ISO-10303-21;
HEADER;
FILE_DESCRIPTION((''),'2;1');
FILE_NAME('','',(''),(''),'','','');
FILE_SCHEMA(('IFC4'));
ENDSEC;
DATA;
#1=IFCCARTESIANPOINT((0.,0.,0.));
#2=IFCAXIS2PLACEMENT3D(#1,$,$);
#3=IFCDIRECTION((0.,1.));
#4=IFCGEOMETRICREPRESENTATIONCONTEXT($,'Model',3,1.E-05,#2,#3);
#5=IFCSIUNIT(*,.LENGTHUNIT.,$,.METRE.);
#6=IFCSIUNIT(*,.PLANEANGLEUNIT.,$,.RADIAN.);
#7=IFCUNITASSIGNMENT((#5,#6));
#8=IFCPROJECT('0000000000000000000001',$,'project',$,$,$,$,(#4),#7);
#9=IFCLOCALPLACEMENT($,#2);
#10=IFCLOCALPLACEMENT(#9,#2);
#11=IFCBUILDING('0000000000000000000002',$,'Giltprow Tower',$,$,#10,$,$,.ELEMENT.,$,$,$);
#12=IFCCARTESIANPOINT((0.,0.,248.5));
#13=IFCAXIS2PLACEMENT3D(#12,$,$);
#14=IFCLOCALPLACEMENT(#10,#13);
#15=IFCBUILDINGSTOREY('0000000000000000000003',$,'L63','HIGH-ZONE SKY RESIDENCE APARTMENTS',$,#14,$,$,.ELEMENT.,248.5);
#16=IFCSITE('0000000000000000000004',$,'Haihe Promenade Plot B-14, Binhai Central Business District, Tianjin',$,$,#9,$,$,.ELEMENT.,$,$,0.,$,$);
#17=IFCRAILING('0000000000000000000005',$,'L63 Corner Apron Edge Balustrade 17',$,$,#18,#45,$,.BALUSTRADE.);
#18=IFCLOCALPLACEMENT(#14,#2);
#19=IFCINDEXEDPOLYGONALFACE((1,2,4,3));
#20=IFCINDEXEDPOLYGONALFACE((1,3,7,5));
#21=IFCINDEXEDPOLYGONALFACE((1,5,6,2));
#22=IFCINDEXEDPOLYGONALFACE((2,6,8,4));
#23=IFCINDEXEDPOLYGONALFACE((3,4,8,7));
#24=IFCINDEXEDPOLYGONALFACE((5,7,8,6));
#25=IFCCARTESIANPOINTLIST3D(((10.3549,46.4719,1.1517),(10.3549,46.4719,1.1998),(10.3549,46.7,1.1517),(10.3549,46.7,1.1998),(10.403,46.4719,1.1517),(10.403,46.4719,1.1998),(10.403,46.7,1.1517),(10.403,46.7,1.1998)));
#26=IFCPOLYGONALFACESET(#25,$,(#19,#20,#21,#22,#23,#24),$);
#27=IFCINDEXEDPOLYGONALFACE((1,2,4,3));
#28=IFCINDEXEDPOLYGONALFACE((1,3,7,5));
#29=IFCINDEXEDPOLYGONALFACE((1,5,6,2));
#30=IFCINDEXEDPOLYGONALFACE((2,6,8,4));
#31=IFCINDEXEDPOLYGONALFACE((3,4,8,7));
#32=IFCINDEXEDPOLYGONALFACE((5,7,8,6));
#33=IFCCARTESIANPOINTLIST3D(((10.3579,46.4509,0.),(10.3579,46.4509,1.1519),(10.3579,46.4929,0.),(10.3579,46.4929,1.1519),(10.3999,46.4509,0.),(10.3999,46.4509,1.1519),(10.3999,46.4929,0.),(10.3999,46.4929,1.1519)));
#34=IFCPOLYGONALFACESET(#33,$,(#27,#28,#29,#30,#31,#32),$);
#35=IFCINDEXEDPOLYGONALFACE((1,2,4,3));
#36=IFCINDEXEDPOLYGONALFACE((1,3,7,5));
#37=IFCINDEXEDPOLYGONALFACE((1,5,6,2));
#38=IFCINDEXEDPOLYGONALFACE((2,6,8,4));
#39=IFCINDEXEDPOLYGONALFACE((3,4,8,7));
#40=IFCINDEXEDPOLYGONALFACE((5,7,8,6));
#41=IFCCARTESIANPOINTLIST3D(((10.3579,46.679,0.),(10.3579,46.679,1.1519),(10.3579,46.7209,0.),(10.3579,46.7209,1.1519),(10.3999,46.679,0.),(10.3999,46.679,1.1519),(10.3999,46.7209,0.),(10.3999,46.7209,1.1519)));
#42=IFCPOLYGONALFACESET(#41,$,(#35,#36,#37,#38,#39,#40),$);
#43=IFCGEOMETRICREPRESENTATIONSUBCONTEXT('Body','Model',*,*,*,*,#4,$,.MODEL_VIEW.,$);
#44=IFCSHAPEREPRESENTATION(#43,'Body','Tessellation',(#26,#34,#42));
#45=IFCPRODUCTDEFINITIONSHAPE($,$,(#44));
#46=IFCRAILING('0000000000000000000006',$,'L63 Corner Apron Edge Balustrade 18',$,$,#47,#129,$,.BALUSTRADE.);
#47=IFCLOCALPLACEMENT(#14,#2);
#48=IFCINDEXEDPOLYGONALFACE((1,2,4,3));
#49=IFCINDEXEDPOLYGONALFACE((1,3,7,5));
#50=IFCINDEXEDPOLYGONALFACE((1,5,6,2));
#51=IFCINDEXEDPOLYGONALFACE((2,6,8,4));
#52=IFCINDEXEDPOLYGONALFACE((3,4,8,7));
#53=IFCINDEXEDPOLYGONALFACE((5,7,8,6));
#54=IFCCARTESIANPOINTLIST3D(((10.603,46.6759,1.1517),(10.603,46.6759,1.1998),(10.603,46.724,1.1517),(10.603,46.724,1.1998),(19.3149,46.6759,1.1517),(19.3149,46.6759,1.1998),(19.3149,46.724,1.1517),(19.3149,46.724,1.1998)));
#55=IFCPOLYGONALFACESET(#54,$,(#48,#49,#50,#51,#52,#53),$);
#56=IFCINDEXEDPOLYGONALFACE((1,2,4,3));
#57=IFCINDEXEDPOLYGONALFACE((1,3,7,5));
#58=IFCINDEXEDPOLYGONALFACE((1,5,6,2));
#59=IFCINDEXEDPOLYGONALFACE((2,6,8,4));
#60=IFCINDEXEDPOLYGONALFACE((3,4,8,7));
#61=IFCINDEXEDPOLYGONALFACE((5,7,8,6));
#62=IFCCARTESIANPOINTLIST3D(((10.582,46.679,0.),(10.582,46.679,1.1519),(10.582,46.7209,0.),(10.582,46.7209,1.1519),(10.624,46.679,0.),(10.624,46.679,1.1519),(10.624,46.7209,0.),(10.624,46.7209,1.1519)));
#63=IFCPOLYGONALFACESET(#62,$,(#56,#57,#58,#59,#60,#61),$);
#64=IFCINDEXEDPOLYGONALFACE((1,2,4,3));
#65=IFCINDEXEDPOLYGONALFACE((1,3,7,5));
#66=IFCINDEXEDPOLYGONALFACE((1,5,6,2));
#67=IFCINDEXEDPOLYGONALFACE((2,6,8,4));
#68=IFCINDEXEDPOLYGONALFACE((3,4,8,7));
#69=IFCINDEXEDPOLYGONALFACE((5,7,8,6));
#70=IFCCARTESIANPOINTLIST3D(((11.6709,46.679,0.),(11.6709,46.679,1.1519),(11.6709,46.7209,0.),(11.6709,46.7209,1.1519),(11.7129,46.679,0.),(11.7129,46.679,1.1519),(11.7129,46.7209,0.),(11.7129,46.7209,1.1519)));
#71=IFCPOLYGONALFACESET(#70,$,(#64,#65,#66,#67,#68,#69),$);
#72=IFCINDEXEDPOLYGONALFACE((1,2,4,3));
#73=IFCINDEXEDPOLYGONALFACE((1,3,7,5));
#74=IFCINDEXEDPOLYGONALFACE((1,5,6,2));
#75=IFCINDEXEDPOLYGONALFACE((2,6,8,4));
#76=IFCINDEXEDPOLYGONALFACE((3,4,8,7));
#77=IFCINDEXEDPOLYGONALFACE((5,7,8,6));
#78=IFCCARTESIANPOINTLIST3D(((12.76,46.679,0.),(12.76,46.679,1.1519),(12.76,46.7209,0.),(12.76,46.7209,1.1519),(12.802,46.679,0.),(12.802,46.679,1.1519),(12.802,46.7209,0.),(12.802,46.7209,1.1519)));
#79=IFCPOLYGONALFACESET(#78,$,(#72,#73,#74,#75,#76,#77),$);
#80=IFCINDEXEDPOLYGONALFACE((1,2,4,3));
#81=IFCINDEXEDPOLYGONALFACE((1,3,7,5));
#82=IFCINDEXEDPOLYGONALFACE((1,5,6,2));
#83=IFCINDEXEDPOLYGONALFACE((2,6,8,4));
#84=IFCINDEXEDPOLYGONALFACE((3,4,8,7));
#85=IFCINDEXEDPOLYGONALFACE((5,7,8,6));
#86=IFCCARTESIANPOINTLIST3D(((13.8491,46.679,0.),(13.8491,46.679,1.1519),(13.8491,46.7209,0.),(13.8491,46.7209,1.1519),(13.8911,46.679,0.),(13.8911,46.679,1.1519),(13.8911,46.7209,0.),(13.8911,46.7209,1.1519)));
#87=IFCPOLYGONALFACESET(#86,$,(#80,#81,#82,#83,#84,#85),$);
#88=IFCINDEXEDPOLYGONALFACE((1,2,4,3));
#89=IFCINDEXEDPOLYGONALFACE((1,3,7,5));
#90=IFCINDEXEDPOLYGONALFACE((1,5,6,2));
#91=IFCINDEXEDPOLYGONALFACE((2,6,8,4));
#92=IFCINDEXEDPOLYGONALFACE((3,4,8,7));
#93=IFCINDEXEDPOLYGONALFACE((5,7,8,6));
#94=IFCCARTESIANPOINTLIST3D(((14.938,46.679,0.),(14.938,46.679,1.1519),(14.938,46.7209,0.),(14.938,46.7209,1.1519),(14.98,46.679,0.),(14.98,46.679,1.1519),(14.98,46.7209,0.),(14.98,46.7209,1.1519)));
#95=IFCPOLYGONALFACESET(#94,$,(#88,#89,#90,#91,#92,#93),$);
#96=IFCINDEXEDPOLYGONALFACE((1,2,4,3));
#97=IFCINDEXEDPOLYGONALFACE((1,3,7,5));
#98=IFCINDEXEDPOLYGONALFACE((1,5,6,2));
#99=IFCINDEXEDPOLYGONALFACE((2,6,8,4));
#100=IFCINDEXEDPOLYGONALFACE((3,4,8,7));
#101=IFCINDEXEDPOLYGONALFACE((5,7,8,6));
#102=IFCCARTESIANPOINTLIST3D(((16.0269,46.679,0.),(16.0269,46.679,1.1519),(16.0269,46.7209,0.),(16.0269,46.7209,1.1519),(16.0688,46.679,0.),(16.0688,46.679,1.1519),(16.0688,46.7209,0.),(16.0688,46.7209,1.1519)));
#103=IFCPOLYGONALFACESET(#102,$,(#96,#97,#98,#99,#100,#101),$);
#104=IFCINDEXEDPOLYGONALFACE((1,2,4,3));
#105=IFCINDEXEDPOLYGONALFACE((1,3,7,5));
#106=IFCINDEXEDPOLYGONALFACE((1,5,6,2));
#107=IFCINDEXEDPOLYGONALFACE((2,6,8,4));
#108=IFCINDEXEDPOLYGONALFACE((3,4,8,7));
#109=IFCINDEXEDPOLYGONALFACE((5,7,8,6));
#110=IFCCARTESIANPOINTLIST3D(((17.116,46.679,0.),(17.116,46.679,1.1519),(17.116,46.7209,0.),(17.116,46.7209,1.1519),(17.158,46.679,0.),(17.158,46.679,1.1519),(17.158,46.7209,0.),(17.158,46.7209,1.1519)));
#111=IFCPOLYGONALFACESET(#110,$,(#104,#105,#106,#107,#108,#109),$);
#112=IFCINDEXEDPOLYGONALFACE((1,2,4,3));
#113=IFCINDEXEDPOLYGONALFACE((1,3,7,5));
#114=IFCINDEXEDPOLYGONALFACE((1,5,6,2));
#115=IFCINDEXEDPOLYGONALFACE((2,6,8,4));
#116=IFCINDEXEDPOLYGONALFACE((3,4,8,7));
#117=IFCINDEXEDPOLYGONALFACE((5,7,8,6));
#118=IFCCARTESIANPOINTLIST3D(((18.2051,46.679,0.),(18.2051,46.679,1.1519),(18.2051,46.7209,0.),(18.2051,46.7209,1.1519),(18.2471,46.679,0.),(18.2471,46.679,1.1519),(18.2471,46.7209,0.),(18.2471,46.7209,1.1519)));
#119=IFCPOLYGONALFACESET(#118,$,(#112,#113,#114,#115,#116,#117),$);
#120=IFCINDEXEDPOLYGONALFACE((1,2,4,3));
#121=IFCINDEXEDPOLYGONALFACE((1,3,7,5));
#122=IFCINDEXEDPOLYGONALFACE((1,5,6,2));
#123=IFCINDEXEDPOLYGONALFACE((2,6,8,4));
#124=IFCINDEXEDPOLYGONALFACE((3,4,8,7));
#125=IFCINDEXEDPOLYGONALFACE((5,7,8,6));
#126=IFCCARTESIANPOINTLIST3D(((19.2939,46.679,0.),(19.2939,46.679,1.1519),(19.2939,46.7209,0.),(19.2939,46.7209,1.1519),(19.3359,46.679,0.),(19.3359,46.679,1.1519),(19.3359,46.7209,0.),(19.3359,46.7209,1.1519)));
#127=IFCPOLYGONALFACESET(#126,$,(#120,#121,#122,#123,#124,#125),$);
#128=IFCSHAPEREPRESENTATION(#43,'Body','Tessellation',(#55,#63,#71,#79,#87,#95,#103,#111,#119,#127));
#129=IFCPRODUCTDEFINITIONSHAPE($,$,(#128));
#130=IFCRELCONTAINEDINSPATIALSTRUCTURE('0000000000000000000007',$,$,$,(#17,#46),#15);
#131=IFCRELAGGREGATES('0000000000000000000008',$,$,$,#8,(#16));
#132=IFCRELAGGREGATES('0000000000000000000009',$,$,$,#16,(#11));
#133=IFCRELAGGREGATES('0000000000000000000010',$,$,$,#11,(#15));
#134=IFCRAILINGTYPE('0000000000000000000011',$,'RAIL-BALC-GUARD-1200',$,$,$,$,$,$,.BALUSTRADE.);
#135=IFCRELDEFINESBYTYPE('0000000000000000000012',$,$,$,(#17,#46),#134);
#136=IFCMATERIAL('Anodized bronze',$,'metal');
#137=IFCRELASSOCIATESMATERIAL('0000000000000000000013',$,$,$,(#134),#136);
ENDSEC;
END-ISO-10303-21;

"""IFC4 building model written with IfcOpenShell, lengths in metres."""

from ifc_helpers import new_model, si_unit, direction, frame, origin, origin_2d, place, context, subcontext, project, spatial, rectangle, extrude, material, type_object, element, save


model = new_model("IFC4")

# Units and contexts
model_context = context("Model", 3, precision=1e-05, world=origin(), true_north=direction((0.0, 1.0)))
body_context = subcontext(model_context, "Body", "Model", "MODEL_VIEW")
ifc_project = project(units=[si_unit("LENGTHUNIT", "METRE"), si_unit("PLANEANGLEUNIT", "RADIAN")], contexts=[model_context])

# Site, building, storey
site_placement = place(None, origin())
site = spatial("IfcSite", under=ifc_project, at=site_placement, Name="Haihe Promenade Plot B-14, Binhai Central Business District, Tianjin", CompositionType="ELEMENT", RefElevation=0.0)
building_placement = place(site_placement, origin())
building = spatial("IfcBuilding", under=site, at=building_placement, Name="Giltprow Tower", CompositionType="ELEMENT")
storey_placement = place(building_placement, frame((0.0, 0.0, 248.5)))
storey = spatial("IfcBuildingStorey", under=building, at=storey_placement, Name="L63", Description="HIGH-ZONE SKY RESIDENCE APARTMENTS", CompositionType="ELEMENT", Elevation=248.5)

# Railings
ifc_material_1 = material(Name="Anodized bronze", Category="metal")
railing_type = type_object("IfcRailingType", Name="RAIL-BALC-GUARD-1200", PredefinedType="BALUSTRADE", material=ifc_material_1)
railing_1_placement = place(storey_placement, frame((10.3789, 46.4719, 0.0)))
element("IfcRailing", 1, at=railing_1_placement, inside=storey, type_object=railing_type, Name="L63 Corner Apron Edge Balustrade 17", PredefinedType="BALUSTRADE", context=body_context, shape_type="SweptSolid", body=[
    extrude(rectangle(XDim=0.0481, YDim=0.0481, at=origin_2d()), frame((0.0, 0.0, 1.1758), z_axis=(0.0, 1.0, 0.0), x_axis=(-1.0, 0.0, 0.0)), (0.0, 0.0, 1.0), 0.228),
    extrude(rectangle(XDim=0.042, YDim=0.042, at=origin_2d()), origin(), (0.0, 0.0, 1.0), 1.1519),
    extrude(rectangle(XDim=0.042, YDim=0.042, at=origin_2d()), frame((0.0, 0.228, 0.0)), (0.0, 0.0, 1.0), 1.1519),
])
railing_2_placement = place(storey_placement, frame((10.603, 46.7, 0.0)))
element("IfcRailing", 2, at=railing_2_placement, inside=storey, type_object=railing_type, Name="L63 Corner Apron Edge Balustrade 18", PredefinedType="BALUSTRADE", context=body_context, shape_type="SweptSolid", body=[
    extrude(rectangle(XDim=0.0481, YDim=0.0481, at=origin_2d()), frame((0.0, 0.0, 1.1758), z_axis=(1.0, 0.0, 0.0), x_axis=(0.0, 1.0, 0.0)), (0.0, 0.0, 1.0), 8.7119),
    extrude(rectangle(XDim=0.042, YDim=0.042, at=origin_2d()), origin(), (0.0, 0.0, 1.0), 1.1519),
    extrude(rectangle(XDim=0.042, YDim=0.042, at=origin_2d()), frame((1.0889, 0.0, 0.0)), (0.0, 0.0, 1.0), 1.1519),
    extrude(rectangle(XDim=0.042, YDim=0.042, at=origin_2d()), frame((2.178, 0.0, 0.0)), (0.0, 0.0, 1.0), 1.1519),
    extrude(rectangle(XDim=0.042, YDim=0.042, at=origin_2d()), frame((3.2671, 0.0, 0.0)), (0.0, 0.0, 1.0), 1.1519),
    extrude(rectangle(XDim=0.042, YDim=0.042, at=origin_2d()), frame((4.356, 0.0, 0.0)), (0.0, 0.0, 1.0), 1.1519),
    extrude(rectangle(XDim=0.042, YDim=0.042, at=origin_2d()), frame((5.4448, 0.0, 0.0)), (0.0, 0.0, 1.0), 1.1519),
    extrude(rectangle(XDim=0.042, YDim=0.042, at=origin_2d()), frame((6.5339, 0.0, 0.0)), (0.0, 0.0, 1.0), 1.1519),
    extrude(rectangle(XDim=0.042, YDim=0.042, at=origin_2d()), frame((7.623, 0.0, 0.0)), (0.0, 0.0, 1.0), 1.1519),
    extrude(rectangle(XDim=0.042, YDim=0.042, at=origin_2d()), frame((8.7119, 0.0, 0.0)), (0.0, 0.0, 1.0), 1.1519),
])

save(model, "model.ifc")
